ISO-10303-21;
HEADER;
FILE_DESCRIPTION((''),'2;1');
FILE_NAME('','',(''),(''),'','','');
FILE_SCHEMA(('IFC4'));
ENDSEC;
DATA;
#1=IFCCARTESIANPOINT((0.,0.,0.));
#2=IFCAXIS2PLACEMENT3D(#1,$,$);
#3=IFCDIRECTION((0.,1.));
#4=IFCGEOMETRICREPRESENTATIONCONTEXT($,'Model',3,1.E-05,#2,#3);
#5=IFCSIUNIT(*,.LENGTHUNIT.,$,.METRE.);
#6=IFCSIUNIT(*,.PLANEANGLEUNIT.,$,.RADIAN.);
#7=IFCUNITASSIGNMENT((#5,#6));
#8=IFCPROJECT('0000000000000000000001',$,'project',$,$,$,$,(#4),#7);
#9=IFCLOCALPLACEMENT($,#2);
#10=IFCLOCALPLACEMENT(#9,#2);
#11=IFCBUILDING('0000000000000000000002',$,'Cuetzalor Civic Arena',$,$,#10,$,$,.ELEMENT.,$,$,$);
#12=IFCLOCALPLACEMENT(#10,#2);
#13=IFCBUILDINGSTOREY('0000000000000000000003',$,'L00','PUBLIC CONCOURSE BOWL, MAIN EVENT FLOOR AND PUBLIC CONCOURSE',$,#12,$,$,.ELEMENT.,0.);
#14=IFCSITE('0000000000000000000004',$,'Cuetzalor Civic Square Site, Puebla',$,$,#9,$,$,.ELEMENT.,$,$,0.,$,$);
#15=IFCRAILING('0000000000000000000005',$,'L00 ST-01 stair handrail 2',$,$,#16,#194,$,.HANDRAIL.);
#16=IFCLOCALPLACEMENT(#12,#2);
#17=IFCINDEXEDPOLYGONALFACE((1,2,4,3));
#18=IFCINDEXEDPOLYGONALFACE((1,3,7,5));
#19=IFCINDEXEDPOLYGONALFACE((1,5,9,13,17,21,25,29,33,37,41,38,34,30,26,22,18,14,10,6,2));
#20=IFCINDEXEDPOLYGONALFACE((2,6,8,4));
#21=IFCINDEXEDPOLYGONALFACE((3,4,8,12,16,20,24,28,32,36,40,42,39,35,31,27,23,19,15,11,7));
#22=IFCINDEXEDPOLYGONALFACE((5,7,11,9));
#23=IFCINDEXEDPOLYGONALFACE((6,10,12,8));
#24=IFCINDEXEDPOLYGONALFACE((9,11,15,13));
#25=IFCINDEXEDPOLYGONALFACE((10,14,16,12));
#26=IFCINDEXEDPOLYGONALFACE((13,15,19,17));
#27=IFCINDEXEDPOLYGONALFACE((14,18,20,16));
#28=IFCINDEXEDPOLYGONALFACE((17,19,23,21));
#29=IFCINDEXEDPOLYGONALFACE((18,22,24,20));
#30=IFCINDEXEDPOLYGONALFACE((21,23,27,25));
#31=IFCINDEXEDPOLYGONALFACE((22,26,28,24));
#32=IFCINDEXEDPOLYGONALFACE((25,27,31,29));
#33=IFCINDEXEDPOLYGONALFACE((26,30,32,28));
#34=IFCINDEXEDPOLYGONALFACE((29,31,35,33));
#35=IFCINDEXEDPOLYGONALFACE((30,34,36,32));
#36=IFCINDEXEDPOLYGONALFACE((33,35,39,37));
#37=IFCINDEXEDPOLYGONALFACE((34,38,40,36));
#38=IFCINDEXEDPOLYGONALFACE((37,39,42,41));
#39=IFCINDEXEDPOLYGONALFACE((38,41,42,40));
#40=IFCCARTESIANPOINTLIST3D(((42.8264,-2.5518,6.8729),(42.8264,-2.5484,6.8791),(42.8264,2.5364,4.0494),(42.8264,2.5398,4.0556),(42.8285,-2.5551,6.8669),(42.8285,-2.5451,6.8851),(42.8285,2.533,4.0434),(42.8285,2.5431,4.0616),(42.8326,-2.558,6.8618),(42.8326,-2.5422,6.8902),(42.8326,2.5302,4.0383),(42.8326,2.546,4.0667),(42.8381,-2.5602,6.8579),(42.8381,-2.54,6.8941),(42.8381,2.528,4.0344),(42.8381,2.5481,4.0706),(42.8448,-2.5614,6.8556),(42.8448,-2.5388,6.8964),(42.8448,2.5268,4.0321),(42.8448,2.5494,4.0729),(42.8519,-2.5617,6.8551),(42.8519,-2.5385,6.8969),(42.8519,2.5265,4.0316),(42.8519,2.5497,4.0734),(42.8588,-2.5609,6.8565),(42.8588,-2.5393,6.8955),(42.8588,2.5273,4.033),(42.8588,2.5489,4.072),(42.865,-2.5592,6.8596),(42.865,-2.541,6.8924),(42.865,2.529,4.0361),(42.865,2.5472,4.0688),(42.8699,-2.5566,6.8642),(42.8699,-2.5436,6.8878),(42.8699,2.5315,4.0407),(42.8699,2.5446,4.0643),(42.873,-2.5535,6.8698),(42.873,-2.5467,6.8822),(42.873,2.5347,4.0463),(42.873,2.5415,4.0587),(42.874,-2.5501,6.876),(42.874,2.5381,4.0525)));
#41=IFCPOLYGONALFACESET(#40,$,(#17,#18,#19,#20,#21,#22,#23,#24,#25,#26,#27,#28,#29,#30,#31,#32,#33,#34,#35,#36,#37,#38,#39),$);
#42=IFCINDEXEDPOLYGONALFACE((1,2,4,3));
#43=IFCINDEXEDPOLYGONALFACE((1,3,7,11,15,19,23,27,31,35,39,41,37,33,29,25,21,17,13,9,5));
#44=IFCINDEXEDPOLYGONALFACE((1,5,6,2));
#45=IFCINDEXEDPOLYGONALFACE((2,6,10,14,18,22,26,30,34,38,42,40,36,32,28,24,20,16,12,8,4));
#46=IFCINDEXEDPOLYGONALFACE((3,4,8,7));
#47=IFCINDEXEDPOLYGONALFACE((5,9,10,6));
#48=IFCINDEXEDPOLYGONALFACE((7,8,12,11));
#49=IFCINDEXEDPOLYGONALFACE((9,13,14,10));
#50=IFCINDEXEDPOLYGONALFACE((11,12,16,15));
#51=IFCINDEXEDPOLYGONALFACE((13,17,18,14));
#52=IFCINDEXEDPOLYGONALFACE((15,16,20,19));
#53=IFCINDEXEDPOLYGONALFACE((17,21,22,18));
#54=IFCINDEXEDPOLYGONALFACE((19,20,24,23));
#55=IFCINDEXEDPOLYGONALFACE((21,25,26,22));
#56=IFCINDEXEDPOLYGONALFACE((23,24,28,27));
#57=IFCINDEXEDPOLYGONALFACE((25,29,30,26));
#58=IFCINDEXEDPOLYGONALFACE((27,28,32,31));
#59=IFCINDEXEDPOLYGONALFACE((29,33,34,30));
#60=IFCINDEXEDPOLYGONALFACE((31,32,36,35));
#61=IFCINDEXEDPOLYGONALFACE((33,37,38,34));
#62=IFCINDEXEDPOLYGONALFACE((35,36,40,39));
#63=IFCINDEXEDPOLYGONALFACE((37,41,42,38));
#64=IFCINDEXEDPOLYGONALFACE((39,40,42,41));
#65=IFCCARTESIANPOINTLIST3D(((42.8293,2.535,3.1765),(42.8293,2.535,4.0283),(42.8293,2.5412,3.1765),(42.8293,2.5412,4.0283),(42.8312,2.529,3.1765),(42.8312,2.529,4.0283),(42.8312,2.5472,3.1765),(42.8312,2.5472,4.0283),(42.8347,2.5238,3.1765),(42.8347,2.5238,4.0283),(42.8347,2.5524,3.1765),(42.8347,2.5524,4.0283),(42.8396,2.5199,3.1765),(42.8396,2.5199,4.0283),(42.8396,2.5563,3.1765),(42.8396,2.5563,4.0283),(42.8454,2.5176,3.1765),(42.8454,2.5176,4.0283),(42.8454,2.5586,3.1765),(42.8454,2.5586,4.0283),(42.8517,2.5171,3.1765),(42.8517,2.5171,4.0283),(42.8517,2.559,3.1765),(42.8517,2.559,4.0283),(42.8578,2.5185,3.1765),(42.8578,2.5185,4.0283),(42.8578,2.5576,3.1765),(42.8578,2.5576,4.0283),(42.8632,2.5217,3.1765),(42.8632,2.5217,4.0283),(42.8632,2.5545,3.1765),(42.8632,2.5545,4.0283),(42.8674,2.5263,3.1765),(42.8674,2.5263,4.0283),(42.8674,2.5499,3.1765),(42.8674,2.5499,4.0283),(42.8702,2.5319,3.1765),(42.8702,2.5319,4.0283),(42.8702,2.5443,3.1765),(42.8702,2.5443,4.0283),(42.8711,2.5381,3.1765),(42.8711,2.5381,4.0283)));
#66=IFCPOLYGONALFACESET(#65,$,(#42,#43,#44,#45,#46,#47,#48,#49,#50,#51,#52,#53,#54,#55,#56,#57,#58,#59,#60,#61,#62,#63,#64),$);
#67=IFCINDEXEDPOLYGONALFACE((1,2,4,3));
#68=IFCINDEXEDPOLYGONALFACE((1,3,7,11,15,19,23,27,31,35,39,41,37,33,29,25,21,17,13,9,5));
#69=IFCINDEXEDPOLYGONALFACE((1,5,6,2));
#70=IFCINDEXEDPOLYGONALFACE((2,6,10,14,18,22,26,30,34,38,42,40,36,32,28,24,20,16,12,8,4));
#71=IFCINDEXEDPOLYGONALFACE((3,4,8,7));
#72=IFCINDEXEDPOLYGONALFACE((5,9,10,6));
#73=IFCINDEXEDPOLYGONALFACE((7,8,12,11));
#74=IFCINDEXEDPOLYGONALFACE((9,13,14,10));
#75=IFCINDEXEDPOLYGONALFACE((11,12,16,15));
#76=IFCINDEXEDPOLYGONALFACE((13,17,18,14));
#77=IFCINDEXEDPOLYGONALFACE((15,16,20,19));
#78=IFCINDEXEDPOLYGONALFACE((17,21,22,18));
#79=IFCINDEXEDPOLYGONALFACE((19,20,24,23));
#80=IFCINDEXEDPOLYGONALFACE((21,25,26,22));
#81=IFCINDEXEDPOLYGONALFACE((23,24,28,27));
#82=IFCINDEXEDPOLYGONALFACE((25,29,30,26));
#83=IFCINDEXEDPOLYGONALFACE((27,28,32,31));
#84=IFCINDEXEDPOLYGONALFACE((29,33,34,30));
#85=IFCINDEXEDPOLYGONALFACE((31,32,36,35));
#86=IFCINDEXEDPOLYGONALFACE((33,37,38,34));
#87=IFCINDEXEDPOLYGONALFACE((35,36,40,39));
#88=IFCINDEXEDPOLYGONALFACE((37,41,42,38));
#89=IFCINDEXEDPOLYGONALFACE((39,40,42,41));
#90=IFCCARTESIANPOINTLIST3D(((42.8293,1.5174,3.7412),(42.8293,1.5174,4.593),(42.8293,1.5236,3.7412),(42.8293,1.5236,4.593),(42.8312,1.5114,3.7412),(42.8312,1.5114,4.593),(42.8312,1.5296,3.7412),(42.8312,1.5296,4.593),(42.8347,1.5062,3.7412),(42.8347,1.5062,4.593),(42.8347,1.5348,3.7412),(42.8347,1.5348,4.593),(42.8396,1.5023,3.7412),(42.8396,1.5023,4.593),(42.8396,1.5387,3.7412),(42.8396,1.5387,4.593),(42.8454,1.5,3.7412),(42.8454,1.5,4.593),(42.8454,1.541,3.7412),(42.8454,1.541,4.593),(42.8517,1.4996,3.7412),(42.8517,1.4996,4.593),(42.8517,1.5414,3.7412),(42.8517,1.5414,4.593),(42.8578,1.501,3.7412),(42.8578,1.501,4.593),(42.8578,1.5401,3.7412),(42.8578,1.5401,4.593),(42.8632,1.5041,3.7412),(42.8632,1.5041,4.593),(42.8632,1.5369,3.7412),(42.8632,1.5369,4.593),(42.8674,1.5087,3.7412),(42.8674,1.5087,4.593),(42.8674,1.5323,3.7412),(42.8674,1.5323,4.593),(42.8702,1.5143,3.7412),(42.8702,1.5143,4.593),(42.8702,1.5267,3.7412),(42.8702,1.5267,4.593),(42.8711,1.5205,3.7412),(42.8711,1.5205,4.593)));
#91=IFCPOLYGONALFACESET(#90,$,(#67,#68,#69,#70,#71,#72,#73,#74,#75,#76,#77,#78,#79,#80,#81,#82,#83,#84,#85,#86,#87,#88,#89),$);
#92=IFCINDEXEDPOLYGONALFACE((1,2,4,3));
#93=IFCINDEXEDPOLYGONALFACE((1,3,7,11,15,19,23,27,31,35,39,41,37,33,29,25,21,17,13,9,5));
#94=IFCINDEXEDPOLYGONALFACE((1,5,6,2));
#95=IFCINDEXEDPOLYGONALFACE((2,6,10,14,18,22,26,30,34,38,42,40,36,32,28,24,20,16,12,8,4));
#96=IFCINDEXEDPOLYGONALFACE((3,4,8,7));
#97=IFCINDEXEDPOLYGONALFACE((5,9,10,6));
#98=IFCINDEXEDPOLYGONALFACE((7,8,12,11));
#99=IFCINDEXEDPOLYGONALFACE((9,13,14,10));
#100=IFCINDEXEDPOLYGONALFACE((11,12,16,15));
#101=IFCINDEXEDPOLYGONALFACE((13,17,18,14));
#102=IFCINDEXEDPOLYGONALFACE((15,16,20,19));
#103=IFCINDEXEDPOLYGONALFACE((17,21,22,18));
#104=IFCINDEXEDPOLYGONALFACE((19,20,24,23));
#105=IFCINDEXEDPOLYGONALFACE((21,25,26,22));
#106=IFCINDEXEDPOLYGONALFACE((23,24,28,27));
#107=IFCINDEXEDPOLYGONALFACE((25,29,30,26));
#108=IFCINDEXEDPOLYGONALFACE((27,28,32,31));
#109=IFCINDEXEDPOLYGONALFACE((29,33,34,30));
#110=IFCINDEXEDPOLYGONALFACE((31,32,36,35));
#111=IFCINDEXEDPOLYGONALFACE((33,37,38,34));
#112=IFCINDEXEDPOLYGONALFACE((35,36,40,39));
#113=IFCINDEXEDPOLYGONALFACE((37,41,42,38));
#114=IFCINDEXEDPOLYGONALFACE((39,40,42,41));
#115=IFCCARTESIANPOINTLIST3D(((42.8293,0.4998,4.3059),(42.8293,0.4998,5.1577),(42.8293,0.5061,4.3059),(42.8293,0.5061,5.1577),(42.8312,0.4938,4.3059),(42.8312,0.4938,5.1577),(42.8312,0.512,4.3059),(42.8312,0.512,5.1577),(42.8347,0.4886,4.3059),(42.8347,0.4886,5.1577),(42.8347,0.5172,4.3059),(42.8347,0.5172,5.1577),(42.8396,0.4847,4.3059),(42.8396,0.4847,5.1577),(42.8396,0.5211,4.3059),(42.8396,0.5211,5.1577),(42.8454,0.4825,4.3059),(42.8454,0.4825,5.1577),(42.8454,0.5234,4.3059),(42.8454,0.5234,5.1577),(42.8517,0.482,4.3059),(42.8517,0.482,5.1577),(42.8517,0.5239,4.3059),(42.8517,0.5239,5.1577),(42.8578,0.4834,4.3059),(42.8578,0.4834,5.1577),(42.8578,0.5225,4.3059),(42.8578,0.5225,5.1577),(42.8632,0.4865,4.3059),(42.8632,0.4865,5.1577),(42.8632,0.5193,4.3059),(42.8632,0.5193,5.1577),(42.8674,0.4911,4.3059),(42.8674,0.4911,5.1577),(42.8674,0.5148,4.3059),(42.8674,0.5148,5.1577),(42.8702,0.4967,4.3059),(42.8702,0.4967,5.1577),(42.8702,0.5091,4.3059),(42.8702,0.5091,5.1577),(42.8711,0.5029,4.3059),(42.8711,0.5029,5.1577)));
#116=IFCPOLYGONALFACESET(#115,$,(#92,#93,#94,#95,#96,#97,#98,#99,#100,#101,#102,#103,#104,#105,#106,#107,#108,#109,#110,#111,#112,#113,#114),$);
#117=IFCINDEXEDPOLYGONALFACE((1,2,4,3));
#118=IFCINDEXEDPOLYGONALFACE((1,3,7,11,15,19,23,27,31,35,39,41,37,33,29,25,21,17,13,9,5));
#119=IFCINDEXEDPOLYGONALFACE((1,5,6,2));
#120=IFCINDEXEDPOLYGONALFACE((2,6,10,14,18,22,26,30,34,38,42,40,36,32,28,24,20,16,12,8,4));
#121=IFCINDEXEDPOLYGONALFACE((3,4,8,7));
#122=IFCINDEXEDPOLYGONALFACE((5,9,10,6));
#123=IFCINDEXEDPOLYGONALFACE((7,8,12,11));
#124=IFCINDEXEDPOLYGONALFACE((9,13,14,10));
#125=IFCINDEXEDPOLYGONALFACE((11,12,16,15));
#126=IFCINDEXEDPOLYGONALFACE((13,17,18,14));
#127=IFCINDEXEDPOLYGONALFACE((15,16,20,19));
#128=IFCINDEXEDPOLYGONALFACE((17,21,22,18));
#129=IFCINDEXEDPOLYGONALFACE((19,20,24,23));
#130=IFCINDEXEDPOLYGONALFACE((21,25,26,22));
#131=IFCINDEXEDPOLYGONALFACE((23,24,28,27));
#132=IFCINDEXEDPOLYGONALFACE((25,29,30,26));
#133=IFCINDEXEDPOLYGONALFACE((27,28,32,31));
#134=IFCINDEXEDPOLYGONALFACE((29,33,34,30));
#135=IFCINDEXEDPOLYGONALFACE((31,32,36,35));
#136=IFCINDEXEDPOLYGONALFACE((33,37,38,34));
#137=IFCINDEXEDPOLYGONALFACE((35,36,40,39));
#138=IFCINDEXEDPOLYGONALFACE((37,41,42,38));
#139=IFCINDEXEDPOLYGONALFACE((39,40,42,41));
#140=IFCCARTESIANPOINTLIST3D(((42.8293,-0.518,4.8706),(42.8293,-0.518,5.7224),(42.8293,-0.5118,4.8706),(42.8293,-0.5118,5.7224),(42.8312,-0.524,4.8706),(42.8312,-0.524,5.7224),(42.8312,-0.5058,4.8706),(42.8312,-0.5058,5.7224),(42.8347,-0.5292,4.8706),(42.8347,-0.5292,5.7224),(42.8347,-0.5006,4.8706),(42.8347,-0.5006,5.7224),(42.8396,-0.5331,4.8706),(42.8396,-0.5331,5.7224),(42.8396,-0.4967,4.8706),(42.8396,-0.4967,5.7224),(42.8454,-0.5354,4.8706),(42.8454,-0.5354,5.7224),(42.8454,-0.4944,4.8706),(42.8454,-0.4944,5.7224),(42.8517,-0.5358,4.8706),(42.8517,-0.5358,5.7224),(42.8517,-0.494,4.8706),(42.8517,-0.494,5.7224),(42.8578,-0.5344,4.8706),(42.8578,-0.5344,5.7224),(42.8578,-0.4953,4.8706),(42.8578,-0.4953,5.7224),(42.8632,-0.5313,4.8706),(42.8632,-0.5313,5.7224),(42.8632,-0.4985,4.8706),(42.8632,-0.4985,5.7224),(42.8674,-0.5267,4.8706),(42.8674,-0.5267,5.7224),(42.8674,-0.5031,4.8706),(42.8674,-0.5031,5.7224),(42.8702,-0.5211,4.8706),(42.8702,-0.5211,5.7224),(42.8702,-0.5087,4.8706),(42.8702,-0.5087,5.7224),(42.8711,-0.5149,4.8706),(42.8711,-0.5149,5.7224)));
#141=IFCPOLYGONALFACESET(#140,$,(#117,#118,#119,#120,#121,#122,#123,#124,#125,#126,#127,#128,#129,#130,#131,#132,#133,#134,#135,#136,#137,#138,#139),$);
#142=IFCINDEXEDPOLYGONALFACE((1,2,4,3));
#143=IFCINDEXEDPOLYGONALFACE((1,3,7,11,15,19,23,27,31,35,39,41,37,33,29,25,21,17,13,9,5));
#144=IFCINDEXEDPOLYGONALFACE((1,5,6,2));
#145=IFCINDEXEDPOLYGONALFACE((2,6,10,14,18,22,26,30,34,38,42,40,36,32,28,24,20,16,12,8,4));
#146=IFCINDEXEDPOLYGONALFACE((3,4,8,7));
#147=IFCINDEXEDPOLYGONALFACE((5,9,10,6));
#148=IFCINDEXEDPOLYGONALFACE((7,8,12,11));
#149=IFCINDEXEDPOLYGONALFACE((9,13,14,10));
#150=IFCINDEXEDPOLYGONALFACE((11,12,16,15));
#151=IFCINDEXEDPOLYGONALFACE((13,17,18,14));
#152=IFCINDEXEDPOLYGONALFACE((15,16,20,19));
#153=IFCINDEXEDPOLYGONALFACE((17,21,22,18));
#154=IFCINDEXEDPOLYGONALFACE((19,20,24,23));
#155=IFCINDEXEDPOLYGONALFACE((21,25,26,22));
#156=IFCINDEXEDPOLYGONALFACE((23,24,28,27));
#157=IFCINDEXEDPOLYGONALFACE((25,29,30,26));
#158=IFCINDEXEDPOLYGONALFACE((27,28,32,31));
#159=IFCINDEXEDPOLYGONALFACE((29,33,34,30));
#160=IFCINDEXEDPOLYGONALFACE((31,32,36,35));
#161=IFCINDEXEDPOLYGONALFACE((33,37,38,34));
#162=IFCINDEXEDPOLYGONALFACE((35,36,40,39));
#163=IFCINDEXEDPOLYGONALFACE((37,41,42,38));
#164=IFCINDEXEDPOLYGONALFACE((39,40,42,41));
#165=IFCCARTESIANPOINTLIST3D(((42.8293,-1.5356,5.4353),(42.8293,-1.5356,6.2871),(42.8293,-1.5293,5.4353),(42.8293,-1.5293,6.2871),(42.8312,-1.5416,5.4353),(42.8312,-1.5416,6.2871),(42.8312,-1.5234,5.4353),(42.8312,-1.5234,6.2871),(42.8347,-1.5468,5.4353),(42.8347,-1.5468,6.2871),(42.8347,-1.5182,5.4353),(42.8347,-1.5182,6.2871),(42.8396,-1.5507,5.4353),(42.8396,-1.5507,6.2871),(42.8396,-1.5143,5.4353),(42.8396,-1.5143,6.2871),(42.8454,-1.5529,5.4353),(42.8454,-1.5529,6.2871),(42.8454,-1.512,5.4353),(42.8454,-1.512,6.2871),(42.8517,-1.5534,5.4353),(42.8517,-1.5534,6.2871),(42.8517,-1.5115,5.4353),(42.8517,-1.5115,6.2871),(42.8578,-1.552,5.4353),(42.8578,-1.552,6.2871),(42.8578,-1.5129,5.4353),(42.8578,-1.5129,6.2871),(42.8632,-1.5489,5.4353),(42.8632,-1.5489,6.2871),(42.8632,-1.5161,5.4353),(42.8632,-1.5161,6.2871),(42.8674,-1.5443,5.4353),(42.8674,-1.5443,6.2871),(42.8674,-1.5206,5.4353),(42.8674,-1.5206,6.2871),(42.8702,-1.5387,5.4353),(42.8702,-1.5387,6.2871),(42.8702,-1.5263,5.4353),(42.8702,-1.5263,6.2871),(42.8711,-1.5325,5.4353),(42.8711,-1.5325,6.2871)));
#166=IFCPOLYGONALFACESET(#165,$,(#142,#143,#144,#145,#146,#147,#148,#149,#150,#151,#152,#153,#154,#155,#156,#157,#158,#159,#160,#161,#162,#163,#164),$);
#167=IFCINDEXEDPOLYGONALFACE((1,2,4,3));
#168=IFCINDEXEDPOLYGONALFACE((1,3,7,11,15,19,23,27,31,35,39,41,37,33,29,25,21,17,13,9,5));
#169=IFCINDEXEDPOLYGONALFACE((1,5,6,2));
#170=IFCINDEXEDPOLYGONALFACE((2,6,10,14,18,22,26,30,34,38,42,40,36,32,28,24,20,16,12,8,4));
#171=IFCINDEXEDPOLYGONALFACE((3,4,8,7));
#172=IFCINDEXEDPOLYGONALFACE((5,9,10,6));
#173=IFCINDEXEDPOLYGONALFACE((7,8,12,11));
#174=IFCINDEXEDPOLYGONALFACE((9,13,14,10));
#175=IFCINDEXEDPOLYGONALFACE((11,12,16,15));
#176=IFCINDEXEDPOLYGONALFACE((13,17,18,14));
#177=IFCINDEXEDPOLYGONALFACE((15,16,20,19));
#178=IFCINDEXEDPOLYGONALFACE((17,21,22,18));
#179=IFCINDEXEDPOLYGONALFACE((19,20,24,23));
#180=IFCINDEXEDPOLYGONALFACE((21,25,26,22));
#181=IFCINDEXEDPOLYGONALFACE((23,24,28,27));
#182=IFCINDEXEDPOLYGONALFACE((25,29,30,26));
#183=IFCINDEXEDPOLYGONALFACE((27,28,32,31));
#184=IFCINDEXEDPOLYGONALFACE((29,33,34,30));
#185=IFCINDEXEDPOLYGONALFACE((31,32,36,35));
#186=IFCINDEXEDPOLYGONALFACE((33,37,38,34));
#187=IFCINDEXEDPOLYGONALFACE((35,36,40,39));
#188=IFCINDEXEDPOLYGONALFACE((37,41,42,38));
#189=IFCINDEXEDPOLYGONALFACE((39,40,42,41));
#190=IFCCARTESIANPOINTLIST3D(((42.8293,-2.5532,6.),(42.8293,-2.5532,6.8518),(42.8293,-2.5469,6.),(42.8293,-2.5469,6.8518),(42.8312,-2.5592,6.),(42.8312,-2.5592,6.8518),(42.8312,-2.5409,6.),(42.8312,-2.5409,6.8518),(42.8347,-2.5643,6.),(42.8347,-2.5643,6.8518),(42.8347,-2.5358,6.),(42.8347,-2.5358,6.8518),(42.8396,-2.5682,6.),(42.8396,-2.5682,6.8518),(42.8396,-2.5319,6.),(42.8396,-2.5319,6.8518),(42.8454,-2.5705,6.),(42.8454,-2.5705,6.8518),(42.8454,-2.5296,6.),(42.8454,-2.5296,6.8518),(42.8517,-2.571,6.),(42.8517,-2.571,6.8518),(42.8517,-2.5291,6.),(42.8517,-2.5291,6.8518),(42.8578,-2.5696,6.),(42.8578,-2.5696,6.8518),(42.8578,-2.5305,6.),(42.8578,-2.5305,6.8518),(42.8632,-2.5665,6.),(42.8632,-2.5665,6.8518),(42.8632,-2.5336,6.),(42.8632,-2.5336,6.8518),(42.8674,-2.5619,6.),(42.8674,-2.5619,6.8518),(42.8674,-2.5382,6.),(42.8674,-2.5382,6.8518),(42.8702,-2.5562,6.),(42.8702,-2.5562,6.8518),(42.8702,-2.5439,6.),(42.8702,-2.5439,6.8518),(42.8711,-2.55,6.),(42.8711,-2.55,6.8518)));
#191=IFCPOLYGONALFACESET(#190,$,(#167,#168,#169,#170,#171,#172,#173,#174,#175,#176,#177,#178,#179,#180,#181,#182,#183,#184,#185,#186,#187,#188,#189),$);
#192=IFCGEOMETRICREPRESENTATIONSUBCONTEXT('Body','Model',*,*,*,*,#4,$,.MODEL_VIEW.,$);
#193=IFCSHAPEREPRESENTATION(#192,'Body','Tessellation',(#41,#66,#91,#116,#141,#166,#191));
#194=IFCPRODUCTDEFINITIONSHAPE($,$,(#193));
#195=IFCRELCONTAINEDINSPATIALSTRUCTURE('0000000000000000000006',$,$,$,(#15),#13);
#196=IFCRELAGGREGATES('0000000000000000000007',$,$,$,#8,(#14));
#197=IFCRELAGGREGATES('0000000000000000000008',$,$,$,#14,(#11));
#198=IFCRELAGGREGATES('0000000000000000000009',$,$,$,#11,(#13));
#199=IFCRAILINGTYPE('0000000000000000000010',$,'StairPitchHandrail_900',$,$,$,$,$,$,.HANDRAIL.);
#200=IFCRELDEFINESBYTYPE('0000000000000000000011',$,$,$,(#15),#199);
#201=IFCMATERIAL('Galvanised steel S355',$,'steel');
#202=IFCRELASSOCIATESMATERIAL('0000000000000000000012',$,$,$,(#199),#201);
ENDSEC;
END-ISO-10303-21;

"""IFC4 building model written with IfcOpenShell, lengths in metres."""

from ifc_helpers import new_model, si_unit, direction, frame, origin, origin_2d, place, context, subcontext, project, spatial, circle, extrude, material, type_object, element, save


model = new_model("IFC4")

# Units and contexts
model_context = context("Model", 3, precision=1e-05, world=origin(), true_north=direction((0.0, 1.0)))
body_context = subcontext(model_context, "Body", "Model", "MODEL_VIEW")
ifc_project = project(units=[si_unit("LENGTHUNIT", "METRE"), si_unit("PLANEANGLEUNIT", "RADIAN")], contexts=[model_context])

# Site, building, storey
site_placement = place(None, origin())
site = spatial("IfcSite", under=ifc_project, at=site_placement, Name="Cuetzalor Civic Square Site, Puebla", CompositionType="ELEMENT", RefElevation=0.0)
building_placement = place(site_placement, origin())
building = spatial("IfcBuilding", under=site, at=building_placement, Name="Cuetzalor Civic Arena", CompositionType="ELEMENT")
storey_placement = place(building_placement, origin())
storey = spatial("IfcBuildingStorey", under=building, at=storey_placement, Name="L00", Description="PUBLIC CONCOURSE BOWL, MAIN EVENT FLOOR AND PUBLIC CONCOURSE", CompositionType="ELEMENT", Elevation=0.0)

# Railing
ifc_material_1 = material(Name="Galvanised steel S355", Category="steel")
railing_type_1 = type_object("IfcRailingType", Name="StairPitchHandrail_900", PredefinedType="HANDRAIL", material=ifc_material_1)
railing_1_placement = place(storey_placement, frame((42.8501, 2.5381, 3.1765)))
element("IfcRailing", 1, at=railing_1_placement, inside=storey, type_object=railing_type_1, Name="L00 ST-01 stair handrail 2", PredefinedType="HANDRAIL", context=body_context, shape_type="SweptSolid", body=[
    extrude(circle(Radius=0.0239, at=origin_2d()), frame((0.0, 0.0, 0.876), z_axis=(0.0, -0.874395, 0.485215), x_axis=(1.0, 0.0, 0.0)), (0.0, 0.0, 1.0), 5.8191),
    extrude(circle(Radius=0.021, at=origin_2d()), origin(), (0.0, 0.0, 1.0), 0.8518),
    extrude(circle(Radius=0.021, at=origin_2d()), frame((0.0, -1.0176, 0.5647)), (0.0, 0.0, 1.0), 0.8518),
    extrude(circle(Radius=0.021, at=origin_2d()), frame((0.0, -2.0352, 1.1294)), (0.0, 0.0, 1.0), 0.8518),
    extrude(circle(Radius=0.021, at=origin_2d()), frame((0.0, -3.053, 1.6941)), (0.0, 0.0, 1.0), 0.8518),
    extrude(circle(Radius=0.021, at=origin_2d()), frame((0.0, -4.0706, 2.2588)), (0.0, 0.0, 1.0), 0.8518),
    extrude(circle(Radius=0.021, at=origin_2d()), frame((0.0, -5.0881, 2.8235)), (0.0, 0.0, 1.0), 0.8518),
])

save(model, "model.ifc")
